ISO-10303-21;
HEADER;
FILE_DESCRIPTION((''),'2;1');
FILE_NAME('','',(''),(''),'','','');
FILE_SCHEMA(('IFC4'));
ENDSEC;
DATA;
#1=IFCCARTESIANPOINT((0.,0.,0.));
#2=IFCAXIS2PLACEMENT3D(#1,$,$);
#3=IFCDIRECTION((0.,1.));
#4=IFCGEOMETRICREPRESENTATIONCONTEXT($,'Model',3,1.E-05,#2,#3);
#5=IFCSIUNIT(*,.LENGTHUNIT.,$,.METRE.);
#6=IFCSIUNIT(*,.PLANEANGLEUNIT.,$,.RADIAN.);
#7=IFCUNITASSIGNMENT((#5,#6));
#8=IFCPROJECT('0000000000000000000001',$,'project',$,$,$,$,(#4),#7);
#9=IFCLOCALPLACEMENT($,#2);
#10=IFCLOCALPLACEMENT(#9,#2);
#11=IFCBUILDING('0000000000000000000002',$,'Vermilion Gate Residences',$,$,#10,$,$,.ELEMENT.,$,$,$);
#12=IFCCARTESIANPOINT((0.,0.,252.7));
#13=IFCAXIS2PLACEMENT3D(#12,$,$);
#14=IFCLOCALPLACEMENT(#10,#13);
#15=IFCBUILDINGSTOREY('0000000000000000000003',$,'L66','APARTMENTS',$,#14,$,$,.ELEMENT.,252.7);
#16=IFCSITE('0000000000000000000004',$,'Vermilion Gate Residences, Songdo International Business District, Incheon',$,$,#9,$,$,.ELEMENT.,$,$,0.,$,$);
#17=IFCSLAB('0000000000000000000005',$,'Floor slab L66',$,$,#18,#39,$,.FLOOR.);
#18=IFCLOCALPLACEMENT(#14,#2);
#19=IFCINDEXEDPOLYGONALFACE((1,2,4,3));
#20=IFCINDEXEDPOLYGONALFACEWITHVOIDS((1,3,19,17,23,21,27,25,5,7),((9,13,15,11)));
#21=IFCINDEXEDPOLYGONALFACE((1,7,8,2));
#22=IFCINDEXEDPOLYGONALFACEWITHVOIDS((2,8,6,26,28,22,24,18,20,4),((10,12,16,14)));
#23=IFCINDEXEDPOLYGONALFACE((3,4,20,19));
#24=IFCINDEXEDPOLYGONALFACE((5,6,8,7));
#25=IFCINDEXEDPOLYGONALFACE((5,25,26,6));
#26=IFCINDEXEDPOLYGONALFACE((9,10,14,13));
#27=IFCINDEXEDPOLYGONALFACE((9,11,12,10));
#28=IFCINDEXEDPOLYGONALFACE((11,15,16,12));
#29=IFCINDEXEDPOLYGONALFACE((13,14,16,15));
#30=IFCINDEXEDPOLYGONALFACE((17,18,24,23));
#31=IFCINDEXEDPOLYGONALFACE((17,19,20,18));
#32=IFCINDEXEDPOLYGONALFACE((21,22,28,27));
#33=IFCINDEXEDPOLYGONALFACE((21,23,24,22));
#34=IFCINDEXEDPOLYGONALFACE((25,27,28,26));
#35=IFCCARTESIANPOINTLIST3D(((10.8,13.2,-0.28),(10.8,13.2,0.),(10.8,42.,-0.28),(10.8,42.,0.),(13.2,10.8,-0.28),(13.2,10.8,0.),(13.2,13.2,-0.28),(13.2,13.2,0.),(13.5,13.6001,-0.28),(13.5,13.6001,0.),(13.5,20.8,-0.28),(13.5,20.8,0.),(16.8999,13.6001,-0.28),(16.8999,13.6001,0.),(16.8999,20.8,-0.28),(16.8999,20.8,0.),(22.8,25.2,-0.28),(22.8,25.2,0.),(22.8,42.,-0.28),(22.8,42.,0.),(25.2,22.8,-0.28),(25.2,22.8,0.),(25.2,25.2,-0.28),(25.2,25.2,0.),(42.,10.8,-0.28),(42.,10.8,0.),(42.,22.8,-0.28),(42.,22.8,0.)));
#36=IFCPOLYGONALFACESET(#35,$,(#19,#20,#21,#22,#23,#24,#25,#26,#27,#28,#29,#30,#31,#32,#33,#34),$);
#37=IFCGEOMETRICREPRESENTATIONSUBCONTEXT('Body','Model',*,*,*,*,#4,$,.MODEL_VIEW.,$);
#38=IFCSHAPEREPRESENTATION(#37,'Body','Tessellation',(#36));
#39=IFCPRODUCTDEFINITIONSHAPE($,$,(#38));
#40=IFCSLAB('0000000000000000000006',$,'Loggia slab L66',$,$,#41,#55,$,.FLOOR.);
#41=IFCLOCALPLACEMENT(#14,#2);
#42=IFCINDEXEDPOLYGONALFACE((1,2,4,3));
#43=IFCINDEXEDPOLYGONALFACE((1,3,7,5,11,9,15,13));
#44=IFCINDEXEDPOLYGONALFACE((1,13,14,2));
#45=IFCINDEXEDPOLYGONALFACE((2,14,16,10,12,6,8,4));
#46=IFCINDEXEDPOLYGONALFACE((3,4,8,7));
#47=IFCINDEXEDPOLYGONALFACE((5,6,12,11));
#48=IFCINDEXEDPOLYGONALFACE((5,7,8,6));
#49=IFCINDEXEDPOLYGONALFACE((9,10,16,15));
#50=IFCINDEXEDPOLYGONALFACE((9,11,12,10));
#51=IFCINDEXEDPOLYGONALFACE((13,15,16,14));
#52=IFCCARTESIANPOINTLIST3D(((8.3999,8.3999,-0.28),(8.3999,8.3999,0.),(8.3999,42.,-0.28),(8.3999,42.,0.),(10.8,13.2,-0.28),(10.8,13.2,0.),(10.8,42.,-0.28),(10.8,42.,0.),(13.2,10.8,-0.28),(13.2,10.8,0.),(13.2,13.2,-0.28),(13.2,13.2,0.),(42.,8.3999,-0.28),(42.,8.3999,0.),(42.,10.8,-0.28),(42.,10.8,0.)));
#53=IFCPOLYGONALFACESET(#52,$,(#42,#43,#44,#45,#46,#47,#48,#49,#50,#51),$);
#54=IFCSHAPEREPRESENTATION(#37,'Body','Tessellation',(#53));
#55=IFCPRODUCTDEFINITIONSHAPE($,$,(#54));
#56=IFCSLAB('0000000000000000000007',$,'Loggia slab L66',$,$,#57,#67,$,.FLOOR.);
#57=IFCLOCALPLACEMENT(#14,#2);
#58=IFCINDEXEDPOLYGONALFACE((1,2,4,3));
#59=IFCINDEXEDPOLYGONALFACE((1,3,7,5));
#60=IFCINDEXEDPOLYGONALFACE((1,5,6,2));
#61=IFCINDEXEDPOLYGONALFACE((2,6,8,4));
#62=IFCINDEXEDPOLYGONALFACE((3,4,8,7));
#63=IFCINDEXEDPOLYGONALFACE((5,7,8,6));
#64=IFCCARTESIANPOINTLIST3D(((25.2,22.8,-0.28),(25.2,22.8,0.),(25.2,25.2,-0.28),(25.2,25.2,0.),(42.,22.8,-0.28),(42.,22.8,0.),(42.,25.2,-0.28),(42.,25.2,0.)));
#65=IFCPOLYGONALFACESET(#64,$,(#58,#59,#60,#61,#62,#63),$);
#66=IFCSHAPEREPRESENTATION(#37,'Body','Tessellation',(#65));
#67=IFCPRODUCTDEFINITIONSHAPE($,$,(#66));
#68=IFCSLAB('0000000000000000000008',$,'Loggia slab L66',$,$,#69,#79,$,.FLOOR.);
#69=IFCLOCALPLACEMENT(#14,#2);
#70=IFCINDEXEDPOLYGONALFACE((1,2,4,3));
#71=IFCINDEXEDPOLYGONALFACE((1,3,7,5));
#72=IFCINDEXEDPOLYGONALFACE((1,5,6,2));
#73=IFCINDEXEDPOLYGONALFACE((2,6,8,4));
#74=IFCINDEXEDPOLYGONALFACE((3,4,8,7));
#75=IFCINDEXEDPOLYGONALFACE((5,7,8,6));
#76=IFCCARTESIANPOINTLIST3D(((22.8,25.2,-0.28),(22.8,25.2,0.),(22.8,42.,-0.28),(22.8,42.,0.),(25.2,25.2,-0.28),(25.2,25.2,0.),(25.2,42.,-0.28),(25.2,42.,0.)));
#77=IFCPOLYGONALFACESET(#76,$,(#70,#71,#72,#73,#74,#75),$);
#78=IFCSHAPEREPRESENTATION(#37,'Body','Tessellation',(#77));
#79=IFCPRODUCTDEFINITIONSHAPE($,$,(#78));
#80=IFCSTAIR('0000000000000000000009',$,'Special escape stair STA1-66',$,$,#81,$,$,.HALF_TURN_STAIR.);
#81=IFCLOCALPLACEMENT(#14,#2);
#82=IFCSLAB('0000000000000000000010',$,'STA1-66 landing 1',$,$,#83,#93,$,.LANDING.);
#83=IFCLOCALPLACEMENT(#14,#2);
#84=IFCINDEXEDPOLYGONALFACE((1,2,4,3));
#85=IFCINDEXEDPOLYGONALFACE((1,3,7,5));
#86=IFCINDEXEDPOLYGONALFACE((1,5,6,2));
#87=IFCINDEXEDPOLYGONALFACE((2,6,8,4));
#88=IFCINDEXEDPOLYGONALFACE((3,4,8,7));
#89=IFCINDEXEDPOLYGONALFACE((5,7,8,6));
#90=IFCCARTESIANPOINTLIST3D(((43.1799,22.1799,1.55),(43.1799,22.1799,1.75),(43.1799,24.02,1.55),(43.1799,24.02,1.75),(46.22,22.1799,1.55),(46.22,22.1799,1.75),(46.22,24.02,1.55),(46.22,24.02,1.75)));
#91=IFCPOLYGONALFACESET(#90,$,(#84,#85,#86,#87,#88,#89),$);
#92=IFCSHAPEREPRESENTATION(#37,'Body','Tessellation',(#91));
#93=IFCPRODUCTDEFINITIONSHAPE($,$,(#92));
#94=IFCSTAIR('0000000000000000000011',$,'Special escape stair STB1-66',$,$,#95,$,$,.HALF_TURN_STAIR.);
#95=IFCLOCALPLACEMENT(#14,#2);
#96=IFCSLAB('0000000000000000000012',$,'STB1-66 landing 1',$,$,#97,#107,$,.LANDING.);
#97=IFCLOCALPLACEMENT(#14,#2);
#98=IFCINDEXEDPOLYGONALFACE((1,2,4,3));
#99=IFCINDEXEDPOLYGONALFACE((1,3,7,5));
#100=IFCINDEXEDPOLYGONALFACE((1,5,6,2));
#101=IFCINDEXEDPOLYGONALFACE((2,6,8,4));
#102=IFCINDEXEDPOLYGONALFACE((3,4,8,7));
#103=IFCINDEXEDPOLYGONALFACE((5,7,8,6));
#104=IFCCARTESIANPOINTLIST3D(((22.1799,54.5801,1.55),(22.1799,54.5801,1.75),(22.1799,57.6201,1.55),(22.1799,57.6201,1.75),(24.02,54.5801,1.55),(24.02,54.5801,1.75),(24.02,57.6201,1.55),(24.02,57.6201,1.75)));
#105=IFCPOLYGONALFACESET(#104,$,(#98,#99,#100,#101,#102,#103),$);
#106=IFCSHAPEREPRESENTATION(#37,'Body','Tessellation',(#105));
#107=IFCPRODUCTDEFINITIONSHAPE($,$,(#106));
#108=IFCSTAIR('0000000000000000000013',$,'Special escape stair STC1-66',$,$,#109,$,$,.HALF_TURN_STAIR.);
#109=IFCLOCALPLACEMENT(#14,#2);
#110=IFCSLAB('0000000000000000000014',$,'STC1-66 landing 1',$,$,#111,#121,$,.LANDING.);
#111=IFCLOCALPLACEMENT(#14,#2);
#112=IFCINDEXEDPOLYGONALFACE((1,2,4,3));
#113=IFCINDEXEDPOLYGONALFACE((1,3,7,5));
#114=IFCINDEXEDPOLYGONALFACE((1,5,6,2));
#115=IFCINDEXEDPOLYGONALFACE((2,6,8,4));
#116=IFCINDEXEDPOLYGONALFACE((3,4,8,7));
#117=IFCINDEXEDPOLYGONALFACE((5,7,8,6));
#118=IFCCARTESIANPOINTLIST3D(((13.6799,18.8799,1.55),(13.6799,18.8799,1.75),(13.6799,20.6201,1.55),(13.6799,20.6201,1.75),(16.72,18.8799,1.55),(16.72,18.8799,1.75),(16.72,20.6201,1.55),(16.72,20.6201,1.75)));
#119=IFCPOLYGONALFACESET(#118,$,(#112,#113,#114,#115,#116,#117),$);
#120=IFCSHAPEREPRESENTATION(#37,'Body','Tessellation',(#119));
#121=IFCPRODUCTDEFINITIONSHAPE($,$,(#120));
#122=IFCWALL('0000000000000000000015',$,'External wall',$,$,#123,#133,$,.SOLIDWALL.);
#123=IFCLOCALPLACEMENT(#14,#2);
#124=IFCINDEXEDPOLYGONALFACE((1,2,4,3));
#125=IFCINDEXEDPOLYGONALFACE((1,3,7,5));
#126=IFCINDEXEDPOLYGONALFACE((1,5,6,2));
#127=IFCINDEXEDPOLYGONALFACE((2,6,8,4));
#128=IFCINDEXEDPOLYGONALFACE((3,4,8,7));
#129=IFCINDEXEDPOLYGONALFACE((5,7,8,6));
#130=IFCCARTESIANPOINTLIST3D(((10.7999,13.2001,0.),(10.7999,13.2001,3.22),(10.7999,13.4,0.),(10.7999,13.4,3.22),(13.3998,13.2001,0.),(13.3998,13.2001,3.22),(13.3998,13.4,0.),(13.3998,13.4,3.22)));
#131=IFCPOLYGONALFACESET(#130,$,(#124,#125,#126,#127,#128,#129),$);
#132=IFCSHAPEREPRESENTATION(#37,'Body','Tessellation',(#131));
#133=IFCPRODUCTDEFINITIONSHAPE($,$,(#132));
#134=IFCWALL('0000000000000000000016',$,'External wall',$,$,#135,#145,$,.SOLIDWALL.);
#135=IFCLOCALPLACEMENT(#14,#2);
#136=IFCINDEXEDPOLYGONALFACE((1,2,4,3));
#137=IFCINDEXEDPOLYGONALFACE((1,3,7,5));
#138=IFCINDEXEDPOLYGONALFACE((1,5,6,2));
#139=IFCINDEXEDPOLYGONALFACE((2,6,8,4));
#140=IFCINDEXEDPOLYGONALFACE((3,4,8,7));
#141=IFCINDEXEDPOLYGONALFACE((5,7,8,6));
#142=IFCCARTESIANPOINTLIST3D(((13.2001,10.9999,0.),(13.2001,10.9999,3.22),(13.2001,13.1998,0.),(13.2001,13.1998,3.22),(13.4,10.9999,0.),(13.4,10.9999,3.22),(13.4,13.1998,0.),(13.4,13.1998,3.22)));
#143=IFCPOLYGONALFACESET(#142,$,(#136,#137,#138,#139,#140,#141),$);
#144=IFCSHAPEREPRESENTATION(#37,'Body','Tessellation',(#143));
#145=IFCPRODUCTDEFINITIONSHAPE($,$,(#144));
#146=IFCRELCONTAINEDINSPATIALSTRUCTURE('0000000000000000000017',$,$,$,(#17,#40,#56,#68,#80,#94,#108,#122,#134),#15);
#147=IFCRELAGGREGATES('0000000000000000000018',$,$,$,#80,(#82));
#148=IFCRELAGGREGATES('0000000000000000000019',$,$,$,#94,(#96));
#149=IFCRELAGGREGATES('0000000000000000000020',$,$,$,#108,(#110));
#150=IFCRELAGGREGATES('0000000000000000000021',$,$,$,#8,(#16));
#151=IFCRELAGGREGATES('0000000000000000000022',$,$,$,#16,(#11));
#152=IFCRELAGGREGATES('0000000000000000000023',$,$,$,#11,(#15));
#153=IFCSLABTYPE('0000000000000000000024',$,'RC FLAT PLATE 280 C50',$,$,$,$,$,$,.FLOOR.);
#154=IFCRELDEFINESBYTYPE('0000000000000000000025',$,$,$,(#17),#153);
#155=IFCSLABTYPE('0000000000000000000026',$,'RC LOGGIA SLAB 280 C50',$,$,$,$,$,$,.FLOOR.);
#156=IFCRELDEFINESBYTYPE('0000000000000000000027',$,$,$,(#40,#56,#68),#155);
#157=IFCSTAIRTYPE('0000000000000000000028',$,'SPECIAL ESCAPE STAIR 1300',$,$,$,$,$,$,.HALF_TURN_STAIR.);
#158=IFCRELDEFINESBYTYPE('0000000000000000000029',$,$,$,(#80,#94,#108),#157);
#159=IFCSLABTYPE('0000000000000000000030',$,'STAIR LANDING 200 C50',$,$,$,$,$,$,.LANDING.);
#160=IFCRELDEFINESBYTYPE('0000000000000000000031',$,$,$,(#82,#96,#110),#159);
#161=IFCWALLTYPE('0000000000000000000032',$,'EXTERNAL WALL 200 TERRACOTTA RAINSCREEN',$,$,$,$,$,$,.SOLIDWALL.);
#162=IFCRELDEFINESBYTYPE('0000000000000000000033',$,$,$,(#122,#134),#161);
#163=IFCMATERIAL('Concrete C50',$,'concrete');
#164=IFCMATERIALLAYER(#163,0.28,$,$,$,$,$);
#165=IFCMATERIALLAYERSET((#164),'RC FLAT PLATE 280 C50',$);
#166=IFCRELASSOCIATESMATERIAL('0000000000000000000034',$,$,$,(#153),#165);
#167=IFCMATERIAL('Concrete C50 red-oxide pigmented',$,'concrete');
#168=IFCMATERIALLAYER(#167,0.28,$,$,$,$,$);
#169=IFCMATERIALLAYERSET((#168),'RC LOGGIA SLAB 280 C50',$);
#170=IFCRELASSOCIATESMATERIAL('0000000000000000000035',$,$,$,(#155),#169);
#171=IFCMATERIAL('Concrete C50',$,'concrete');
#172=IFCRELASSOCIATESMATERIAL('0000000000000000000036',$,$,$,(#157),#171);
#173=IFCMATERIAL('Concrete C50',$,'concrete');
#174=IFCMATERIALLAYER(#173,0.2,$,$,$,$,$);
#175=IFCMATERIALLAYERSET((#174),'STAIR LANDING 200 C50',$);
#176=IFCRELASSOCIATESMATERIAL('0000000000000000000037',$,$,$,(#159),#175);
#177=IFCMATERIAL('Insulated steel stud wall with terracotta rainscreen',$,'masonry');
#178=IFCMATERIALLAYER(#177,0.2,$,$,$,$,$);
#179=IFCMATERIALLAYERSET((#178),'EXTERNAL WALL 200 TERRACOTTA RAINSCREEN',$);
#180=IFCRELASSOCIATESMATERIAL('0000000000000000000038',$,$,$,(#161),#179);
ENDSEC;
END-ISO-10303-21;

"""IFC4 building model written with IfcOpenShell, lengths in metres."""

from ifc_helpers import new_model, si_unit, direction, frame, frame_2d, origin, place, context, subcontext, project, spatial, polyline, rectangle, outline, extrude, material, layer, layer_set, type_object, element, aggregate, save


model = new_model("IFC4")

# Units and contexts
model_context = context("Model", 3, precision=1e-05, world=origin(), true_north=direction((0.0, 1.0)))
body_context = subcontext(model_context, "Body", "Model", "MODEL_VIEW")
ifc_project = project(units=[si_unit("LENGTHUNIT", "METRE"), si_unit("PLANEANGLEUNIT", "RADIAN")], contexts=[model_context])

# Site, building, storey
site_placement = place(None, origin())
site = spatial("IfcSite", under=ifc_project, at=site_placement, Name="Vermilion Gate Residences, Songdo International Business District, Incheon", CompositionType="ELEMENT", RefElevation=0.0)
building_placement = place(site_placement, origin())
building = spatial("IfcBuilding", under=site, at=building_placement, Name="Vermilion Gate Residences", CompositionType="ELEMENT")
storey_placement = place(building_placement, frame((0.0, 0.0, 252.7)))
storey = spatial("IfcBuildingStorey", under=building, at=storey_placement, Name="L66", Description="APARTMENTS", CompositionType="ELEMENT", Elevation=252.7)

# Slabs
ifc_material_1 = material(Name="Concrete C50", Category="concrete")
ifc_layer_1 = layer(ifc_material_1, 0.28)
ifc_layer_set_1 = layer_set([ifc_layer_1], Name="RC FLAT PLATE 280 C50")
slab_type_1 = type_object("IfcSlabType", Name="RC FLAT PLATE 280 C50", PredefinedType="FLOOR", material=ifc_layer_set_1)
slab_1_placement = place(storey_placement, frame((0.0, 0.0, -0.28)))
element("IfcSlab", 1, at=slab_1_placement, inside=storey, type_object=slab_type_1, Name="Floor slab L66", PredefinedType="FLOOR", context=body_context, shape_type="SweptSolid", body=[
    extrude(outline(polyline([(22.8, 25.2), (22.8, 42.0), (10.8, 42.0), (10.8, 13.2), (13.2, 13.2), (13.2, 10.8), (42.0, 10.8), (42.0, 22.8), (25.2, 22.8), (25.2, 25.2), (22.8, 25.2)]), holes=[polyline([(13.5, 13.6001), (13.5, 20.8), (16.8999, 20.8), (16.8999, 13.6001), (13.5, 13.6001)])]), origin(), (0.0, 0.0, 1.0), 0.28),
])
ifc_material_2 = material(Name="Concrete C50 red-oxide pigmented", Category="concrete")
ifc_layer_2 = layer(ifc_material_2, 0.28)
ifc_layer_set_2 = layer_set([ifc_layer_2], Name="RC LOGGIA SLAB 280 C50")
slab_type_2 = type_object("IfcSlabType", Name="RC LOGGIA SLAB 280 C50", PredefinedType="FLOOR", material=ifc_layer_set_2)
slab_2_placement = place(storey_placement, frame((0.0, 0.0, -0.28)))
element("IfcSlab", 2, at=slab_2_placement, inside=storey, type_object=slab_type_2, Name="Loggia slab L66", PredefinedType="FLOOR", context=body_context, shape_type="SweptSolid", body=[
    extrude(outline(polyline([(8.3999, 8.3999), (42.0, 8.3999), (42.0, 10.8), (13.2, 10.8), (13.2, 13.2), (10.8, 13.2), (10.8, 42.0), (8.3999, 42.0), (8.3999, 8.3999)])), origin(), (0.0, 0.0, 1.0), 0.28),
])
slab_3_placement = place(storey_placement, frame((0.0, 0.0, -0.28)))
element("IfcSlab", 3, at=slab_3_placement, inside=storey, type_object=slab_type_2, Name="Loggia slab L66", PredefinedType="FLOOR", context=body_context, shape_type="SweptSolid", body=[
    extrude(outline(polyline([(25.2, 22.8), (42.0, 22.8), (42.0, 25.2), (25.2, 25.2), (25.2, 22.8)])), origin(), (0.0, 0.0, 1.0), 0.28),
])
slab_4_placement = place(storey_placement, frame((0.0, 0.0, -0.28)))
element("IfcSlab", 4, at=slab_4_placement, inside=storey, type_object=slab_type_2, Name="Loggia slab L66", PredefinedType="FLOOR", context=body_context, shape_type="SweptSolid", body=[
    extrude(outline(polyline([(25.2, 42.0), (22.8, 42.0), (22.8, 25.2), (25.2, 25.2), (25.2, 42.0)])), origin(), (0.0, 0.0, 1.0), 0.28),
])

# Stairs, slabs
ifc_material_3 = material(Name="Concrete C50", Category="concrete")
stair_type = type_object("IfcStairType", Name="SPECIAL ESCAPE STAIR 1300", PredefinedType="HALF_TURN_STAIR", material=ifc_material_3)
stair_1_placement = place(storey_placement, origin())
stair_1 = element("IfcStair", 5, at=stair_1_placement, inside=storey, type_object=stair_type, Name="Special escape stair STA1-66", PredefinedType="HALF_TURN_STAIR")
ifc_material_4 = material(Name="Concrete C50", Category="concrete")
ifc_layer_3 = layer(ifc_material_4, 0.2)
ifc_layer_set_3 = layer_set([ifc_layer_3], Name="STAIR LANDING 200 C50")
slab_type_3 = type_object("IfcSlabType", Name="STAIR LANDING 200 C50", PredefinedType="LANDING", material=ifc_layer_set_3)
slab_5_placement = place(storey_placement, frame((0.0, 0.0, 1.55)))
slab_5 = element("IfcSlab", 6, at=slab_5_placement, type_object=slab_type_3, Name="STA1-66 landing 1", PredefinedType="LANDING", context=body_context, shape_type="SweptSolid", body=[
    extrude(outline(polyline([(46.22, 22.1799), (46.22, 24.02), (43.1799, 24.02), (43.1799, 22.1799), (46.22, 22.1799)])), origin(), (0.0, 0.0, 1.0), 0.2),
])
aggregate(stair_1, [slab_5])
stair_2_placement = place(storey_placement, origin())
stair_2 = element("IfcStair", 7, at=stair_2_placement, inside=storey, type_object=stair_type, Name="Special escape stair STB1-66", PredefinedType="HALF_TURN_STAIR")
slab_6_placement = place(storey_placement, frame((0.0, 0.0, 1.55)))
slab_6 = element("IfcSlab", 8, at=slab_6_placement, type_object=slab_type_3, Name="STB1-66 landing 1", PredefinedType="LANDING", context=body_context, shape_type="SweptSolid", body=[
    extrude(outline(polyline([(24.02, 54.5801), (24.02, 57.6201), (22.1799, 57.6201), (22.1799, 54.5801), (24.02, 54.5801)])), origin(), (0.0, 0.0, 1.0), 0.2),
])
aggregate(stair_2, [slab_6])
stair_3_placement = place(storey_placement, origin())
stair_3 = element("IfcStair", 9, at=stair_3_placement, inside=storey, type_object=stair_type, Name="Special escape stair STC1-66", PredefinedType="HALF_TURN_STAIR")
slab_7_placement = place(storey_placement, frame((0.0, 0.0, 1.55)))
slab_7 = element("IfcSlab", 10, at=slab_7_placement, type_object=slab_type_3, Name="STC1-66 landing 1", PredefinedType="LANDING", context=body_context, shape_type="SweptSolid", body=[
    extrude(outline(polyline([(16.72, 18.8799), (16.72, 20.6201), (13.6799, 20.6201), (13.6799, 18.8799), (16.72, 18.8799)])), origin(), (0.0, 0.0, 1.0), 0.2),
])
aggregate(stair_3, [slab_7])

# Walls
ifc_material_5 = material(Name="Insulated steel stud wall with terracotta rainscreen", Category="masonry")
ifc_layer_4 = layer(ifc_material_5, 0.2)
ifc_layer_set_4 = layer_set([ifc_layer_4], Name="EXTERNAL WALL 200 TERRACOTTA RAINSCREEN")
wall_type_1 = type_object("IfcWallType", Name="EXTERNAL WALL 200 TERRACOTTA RAINSCREEN", PredefinedType="SOLIDWALL", material=ifc_layer_set_4)
wall_1_placement = place(storey_placement, frame((10.8, 13.3, 0.0), z_axis=(0.0, 0.0, 1.0), x_axis=(1.0, 0.0, 0.0)))
element("IfcWall", 11, at=wall_1_placement, inside=storey, type_object=wall_type_1, Name="External wall", PredefinedType="SOLIDWALL", context=body_context, shape_type="SweptSolid", body=[
    extrude(rectangle(XDim=2.5999, YDim=0.2, at=frame_2d((1.2998, 0.0))), origin(), (0.0, 0.0, 1.0), 3.22),
])
wall_2_placement = place(storey_placement, frame((13.3, 13.2, 0.0), z_axis=(0.0, 0.0, 1.0), x_axis=(0.0, -1.0, 0.0)))
element("IfcWall", 12, at=wall_2_placement, inside=storey, type_object=wall_type_1, Name="External wall", PredefinedType="SOLIDWALL", context=body_context, shape_type="SweptSolid", body=[
    extrude(rectangle(XDim=2.2, YDim=0.2, at=frame_2d((1.1001, 0.0))), origin(), (0.0, 0.0, 1.0), 3.22),
])

save(model, "model.ifc")
